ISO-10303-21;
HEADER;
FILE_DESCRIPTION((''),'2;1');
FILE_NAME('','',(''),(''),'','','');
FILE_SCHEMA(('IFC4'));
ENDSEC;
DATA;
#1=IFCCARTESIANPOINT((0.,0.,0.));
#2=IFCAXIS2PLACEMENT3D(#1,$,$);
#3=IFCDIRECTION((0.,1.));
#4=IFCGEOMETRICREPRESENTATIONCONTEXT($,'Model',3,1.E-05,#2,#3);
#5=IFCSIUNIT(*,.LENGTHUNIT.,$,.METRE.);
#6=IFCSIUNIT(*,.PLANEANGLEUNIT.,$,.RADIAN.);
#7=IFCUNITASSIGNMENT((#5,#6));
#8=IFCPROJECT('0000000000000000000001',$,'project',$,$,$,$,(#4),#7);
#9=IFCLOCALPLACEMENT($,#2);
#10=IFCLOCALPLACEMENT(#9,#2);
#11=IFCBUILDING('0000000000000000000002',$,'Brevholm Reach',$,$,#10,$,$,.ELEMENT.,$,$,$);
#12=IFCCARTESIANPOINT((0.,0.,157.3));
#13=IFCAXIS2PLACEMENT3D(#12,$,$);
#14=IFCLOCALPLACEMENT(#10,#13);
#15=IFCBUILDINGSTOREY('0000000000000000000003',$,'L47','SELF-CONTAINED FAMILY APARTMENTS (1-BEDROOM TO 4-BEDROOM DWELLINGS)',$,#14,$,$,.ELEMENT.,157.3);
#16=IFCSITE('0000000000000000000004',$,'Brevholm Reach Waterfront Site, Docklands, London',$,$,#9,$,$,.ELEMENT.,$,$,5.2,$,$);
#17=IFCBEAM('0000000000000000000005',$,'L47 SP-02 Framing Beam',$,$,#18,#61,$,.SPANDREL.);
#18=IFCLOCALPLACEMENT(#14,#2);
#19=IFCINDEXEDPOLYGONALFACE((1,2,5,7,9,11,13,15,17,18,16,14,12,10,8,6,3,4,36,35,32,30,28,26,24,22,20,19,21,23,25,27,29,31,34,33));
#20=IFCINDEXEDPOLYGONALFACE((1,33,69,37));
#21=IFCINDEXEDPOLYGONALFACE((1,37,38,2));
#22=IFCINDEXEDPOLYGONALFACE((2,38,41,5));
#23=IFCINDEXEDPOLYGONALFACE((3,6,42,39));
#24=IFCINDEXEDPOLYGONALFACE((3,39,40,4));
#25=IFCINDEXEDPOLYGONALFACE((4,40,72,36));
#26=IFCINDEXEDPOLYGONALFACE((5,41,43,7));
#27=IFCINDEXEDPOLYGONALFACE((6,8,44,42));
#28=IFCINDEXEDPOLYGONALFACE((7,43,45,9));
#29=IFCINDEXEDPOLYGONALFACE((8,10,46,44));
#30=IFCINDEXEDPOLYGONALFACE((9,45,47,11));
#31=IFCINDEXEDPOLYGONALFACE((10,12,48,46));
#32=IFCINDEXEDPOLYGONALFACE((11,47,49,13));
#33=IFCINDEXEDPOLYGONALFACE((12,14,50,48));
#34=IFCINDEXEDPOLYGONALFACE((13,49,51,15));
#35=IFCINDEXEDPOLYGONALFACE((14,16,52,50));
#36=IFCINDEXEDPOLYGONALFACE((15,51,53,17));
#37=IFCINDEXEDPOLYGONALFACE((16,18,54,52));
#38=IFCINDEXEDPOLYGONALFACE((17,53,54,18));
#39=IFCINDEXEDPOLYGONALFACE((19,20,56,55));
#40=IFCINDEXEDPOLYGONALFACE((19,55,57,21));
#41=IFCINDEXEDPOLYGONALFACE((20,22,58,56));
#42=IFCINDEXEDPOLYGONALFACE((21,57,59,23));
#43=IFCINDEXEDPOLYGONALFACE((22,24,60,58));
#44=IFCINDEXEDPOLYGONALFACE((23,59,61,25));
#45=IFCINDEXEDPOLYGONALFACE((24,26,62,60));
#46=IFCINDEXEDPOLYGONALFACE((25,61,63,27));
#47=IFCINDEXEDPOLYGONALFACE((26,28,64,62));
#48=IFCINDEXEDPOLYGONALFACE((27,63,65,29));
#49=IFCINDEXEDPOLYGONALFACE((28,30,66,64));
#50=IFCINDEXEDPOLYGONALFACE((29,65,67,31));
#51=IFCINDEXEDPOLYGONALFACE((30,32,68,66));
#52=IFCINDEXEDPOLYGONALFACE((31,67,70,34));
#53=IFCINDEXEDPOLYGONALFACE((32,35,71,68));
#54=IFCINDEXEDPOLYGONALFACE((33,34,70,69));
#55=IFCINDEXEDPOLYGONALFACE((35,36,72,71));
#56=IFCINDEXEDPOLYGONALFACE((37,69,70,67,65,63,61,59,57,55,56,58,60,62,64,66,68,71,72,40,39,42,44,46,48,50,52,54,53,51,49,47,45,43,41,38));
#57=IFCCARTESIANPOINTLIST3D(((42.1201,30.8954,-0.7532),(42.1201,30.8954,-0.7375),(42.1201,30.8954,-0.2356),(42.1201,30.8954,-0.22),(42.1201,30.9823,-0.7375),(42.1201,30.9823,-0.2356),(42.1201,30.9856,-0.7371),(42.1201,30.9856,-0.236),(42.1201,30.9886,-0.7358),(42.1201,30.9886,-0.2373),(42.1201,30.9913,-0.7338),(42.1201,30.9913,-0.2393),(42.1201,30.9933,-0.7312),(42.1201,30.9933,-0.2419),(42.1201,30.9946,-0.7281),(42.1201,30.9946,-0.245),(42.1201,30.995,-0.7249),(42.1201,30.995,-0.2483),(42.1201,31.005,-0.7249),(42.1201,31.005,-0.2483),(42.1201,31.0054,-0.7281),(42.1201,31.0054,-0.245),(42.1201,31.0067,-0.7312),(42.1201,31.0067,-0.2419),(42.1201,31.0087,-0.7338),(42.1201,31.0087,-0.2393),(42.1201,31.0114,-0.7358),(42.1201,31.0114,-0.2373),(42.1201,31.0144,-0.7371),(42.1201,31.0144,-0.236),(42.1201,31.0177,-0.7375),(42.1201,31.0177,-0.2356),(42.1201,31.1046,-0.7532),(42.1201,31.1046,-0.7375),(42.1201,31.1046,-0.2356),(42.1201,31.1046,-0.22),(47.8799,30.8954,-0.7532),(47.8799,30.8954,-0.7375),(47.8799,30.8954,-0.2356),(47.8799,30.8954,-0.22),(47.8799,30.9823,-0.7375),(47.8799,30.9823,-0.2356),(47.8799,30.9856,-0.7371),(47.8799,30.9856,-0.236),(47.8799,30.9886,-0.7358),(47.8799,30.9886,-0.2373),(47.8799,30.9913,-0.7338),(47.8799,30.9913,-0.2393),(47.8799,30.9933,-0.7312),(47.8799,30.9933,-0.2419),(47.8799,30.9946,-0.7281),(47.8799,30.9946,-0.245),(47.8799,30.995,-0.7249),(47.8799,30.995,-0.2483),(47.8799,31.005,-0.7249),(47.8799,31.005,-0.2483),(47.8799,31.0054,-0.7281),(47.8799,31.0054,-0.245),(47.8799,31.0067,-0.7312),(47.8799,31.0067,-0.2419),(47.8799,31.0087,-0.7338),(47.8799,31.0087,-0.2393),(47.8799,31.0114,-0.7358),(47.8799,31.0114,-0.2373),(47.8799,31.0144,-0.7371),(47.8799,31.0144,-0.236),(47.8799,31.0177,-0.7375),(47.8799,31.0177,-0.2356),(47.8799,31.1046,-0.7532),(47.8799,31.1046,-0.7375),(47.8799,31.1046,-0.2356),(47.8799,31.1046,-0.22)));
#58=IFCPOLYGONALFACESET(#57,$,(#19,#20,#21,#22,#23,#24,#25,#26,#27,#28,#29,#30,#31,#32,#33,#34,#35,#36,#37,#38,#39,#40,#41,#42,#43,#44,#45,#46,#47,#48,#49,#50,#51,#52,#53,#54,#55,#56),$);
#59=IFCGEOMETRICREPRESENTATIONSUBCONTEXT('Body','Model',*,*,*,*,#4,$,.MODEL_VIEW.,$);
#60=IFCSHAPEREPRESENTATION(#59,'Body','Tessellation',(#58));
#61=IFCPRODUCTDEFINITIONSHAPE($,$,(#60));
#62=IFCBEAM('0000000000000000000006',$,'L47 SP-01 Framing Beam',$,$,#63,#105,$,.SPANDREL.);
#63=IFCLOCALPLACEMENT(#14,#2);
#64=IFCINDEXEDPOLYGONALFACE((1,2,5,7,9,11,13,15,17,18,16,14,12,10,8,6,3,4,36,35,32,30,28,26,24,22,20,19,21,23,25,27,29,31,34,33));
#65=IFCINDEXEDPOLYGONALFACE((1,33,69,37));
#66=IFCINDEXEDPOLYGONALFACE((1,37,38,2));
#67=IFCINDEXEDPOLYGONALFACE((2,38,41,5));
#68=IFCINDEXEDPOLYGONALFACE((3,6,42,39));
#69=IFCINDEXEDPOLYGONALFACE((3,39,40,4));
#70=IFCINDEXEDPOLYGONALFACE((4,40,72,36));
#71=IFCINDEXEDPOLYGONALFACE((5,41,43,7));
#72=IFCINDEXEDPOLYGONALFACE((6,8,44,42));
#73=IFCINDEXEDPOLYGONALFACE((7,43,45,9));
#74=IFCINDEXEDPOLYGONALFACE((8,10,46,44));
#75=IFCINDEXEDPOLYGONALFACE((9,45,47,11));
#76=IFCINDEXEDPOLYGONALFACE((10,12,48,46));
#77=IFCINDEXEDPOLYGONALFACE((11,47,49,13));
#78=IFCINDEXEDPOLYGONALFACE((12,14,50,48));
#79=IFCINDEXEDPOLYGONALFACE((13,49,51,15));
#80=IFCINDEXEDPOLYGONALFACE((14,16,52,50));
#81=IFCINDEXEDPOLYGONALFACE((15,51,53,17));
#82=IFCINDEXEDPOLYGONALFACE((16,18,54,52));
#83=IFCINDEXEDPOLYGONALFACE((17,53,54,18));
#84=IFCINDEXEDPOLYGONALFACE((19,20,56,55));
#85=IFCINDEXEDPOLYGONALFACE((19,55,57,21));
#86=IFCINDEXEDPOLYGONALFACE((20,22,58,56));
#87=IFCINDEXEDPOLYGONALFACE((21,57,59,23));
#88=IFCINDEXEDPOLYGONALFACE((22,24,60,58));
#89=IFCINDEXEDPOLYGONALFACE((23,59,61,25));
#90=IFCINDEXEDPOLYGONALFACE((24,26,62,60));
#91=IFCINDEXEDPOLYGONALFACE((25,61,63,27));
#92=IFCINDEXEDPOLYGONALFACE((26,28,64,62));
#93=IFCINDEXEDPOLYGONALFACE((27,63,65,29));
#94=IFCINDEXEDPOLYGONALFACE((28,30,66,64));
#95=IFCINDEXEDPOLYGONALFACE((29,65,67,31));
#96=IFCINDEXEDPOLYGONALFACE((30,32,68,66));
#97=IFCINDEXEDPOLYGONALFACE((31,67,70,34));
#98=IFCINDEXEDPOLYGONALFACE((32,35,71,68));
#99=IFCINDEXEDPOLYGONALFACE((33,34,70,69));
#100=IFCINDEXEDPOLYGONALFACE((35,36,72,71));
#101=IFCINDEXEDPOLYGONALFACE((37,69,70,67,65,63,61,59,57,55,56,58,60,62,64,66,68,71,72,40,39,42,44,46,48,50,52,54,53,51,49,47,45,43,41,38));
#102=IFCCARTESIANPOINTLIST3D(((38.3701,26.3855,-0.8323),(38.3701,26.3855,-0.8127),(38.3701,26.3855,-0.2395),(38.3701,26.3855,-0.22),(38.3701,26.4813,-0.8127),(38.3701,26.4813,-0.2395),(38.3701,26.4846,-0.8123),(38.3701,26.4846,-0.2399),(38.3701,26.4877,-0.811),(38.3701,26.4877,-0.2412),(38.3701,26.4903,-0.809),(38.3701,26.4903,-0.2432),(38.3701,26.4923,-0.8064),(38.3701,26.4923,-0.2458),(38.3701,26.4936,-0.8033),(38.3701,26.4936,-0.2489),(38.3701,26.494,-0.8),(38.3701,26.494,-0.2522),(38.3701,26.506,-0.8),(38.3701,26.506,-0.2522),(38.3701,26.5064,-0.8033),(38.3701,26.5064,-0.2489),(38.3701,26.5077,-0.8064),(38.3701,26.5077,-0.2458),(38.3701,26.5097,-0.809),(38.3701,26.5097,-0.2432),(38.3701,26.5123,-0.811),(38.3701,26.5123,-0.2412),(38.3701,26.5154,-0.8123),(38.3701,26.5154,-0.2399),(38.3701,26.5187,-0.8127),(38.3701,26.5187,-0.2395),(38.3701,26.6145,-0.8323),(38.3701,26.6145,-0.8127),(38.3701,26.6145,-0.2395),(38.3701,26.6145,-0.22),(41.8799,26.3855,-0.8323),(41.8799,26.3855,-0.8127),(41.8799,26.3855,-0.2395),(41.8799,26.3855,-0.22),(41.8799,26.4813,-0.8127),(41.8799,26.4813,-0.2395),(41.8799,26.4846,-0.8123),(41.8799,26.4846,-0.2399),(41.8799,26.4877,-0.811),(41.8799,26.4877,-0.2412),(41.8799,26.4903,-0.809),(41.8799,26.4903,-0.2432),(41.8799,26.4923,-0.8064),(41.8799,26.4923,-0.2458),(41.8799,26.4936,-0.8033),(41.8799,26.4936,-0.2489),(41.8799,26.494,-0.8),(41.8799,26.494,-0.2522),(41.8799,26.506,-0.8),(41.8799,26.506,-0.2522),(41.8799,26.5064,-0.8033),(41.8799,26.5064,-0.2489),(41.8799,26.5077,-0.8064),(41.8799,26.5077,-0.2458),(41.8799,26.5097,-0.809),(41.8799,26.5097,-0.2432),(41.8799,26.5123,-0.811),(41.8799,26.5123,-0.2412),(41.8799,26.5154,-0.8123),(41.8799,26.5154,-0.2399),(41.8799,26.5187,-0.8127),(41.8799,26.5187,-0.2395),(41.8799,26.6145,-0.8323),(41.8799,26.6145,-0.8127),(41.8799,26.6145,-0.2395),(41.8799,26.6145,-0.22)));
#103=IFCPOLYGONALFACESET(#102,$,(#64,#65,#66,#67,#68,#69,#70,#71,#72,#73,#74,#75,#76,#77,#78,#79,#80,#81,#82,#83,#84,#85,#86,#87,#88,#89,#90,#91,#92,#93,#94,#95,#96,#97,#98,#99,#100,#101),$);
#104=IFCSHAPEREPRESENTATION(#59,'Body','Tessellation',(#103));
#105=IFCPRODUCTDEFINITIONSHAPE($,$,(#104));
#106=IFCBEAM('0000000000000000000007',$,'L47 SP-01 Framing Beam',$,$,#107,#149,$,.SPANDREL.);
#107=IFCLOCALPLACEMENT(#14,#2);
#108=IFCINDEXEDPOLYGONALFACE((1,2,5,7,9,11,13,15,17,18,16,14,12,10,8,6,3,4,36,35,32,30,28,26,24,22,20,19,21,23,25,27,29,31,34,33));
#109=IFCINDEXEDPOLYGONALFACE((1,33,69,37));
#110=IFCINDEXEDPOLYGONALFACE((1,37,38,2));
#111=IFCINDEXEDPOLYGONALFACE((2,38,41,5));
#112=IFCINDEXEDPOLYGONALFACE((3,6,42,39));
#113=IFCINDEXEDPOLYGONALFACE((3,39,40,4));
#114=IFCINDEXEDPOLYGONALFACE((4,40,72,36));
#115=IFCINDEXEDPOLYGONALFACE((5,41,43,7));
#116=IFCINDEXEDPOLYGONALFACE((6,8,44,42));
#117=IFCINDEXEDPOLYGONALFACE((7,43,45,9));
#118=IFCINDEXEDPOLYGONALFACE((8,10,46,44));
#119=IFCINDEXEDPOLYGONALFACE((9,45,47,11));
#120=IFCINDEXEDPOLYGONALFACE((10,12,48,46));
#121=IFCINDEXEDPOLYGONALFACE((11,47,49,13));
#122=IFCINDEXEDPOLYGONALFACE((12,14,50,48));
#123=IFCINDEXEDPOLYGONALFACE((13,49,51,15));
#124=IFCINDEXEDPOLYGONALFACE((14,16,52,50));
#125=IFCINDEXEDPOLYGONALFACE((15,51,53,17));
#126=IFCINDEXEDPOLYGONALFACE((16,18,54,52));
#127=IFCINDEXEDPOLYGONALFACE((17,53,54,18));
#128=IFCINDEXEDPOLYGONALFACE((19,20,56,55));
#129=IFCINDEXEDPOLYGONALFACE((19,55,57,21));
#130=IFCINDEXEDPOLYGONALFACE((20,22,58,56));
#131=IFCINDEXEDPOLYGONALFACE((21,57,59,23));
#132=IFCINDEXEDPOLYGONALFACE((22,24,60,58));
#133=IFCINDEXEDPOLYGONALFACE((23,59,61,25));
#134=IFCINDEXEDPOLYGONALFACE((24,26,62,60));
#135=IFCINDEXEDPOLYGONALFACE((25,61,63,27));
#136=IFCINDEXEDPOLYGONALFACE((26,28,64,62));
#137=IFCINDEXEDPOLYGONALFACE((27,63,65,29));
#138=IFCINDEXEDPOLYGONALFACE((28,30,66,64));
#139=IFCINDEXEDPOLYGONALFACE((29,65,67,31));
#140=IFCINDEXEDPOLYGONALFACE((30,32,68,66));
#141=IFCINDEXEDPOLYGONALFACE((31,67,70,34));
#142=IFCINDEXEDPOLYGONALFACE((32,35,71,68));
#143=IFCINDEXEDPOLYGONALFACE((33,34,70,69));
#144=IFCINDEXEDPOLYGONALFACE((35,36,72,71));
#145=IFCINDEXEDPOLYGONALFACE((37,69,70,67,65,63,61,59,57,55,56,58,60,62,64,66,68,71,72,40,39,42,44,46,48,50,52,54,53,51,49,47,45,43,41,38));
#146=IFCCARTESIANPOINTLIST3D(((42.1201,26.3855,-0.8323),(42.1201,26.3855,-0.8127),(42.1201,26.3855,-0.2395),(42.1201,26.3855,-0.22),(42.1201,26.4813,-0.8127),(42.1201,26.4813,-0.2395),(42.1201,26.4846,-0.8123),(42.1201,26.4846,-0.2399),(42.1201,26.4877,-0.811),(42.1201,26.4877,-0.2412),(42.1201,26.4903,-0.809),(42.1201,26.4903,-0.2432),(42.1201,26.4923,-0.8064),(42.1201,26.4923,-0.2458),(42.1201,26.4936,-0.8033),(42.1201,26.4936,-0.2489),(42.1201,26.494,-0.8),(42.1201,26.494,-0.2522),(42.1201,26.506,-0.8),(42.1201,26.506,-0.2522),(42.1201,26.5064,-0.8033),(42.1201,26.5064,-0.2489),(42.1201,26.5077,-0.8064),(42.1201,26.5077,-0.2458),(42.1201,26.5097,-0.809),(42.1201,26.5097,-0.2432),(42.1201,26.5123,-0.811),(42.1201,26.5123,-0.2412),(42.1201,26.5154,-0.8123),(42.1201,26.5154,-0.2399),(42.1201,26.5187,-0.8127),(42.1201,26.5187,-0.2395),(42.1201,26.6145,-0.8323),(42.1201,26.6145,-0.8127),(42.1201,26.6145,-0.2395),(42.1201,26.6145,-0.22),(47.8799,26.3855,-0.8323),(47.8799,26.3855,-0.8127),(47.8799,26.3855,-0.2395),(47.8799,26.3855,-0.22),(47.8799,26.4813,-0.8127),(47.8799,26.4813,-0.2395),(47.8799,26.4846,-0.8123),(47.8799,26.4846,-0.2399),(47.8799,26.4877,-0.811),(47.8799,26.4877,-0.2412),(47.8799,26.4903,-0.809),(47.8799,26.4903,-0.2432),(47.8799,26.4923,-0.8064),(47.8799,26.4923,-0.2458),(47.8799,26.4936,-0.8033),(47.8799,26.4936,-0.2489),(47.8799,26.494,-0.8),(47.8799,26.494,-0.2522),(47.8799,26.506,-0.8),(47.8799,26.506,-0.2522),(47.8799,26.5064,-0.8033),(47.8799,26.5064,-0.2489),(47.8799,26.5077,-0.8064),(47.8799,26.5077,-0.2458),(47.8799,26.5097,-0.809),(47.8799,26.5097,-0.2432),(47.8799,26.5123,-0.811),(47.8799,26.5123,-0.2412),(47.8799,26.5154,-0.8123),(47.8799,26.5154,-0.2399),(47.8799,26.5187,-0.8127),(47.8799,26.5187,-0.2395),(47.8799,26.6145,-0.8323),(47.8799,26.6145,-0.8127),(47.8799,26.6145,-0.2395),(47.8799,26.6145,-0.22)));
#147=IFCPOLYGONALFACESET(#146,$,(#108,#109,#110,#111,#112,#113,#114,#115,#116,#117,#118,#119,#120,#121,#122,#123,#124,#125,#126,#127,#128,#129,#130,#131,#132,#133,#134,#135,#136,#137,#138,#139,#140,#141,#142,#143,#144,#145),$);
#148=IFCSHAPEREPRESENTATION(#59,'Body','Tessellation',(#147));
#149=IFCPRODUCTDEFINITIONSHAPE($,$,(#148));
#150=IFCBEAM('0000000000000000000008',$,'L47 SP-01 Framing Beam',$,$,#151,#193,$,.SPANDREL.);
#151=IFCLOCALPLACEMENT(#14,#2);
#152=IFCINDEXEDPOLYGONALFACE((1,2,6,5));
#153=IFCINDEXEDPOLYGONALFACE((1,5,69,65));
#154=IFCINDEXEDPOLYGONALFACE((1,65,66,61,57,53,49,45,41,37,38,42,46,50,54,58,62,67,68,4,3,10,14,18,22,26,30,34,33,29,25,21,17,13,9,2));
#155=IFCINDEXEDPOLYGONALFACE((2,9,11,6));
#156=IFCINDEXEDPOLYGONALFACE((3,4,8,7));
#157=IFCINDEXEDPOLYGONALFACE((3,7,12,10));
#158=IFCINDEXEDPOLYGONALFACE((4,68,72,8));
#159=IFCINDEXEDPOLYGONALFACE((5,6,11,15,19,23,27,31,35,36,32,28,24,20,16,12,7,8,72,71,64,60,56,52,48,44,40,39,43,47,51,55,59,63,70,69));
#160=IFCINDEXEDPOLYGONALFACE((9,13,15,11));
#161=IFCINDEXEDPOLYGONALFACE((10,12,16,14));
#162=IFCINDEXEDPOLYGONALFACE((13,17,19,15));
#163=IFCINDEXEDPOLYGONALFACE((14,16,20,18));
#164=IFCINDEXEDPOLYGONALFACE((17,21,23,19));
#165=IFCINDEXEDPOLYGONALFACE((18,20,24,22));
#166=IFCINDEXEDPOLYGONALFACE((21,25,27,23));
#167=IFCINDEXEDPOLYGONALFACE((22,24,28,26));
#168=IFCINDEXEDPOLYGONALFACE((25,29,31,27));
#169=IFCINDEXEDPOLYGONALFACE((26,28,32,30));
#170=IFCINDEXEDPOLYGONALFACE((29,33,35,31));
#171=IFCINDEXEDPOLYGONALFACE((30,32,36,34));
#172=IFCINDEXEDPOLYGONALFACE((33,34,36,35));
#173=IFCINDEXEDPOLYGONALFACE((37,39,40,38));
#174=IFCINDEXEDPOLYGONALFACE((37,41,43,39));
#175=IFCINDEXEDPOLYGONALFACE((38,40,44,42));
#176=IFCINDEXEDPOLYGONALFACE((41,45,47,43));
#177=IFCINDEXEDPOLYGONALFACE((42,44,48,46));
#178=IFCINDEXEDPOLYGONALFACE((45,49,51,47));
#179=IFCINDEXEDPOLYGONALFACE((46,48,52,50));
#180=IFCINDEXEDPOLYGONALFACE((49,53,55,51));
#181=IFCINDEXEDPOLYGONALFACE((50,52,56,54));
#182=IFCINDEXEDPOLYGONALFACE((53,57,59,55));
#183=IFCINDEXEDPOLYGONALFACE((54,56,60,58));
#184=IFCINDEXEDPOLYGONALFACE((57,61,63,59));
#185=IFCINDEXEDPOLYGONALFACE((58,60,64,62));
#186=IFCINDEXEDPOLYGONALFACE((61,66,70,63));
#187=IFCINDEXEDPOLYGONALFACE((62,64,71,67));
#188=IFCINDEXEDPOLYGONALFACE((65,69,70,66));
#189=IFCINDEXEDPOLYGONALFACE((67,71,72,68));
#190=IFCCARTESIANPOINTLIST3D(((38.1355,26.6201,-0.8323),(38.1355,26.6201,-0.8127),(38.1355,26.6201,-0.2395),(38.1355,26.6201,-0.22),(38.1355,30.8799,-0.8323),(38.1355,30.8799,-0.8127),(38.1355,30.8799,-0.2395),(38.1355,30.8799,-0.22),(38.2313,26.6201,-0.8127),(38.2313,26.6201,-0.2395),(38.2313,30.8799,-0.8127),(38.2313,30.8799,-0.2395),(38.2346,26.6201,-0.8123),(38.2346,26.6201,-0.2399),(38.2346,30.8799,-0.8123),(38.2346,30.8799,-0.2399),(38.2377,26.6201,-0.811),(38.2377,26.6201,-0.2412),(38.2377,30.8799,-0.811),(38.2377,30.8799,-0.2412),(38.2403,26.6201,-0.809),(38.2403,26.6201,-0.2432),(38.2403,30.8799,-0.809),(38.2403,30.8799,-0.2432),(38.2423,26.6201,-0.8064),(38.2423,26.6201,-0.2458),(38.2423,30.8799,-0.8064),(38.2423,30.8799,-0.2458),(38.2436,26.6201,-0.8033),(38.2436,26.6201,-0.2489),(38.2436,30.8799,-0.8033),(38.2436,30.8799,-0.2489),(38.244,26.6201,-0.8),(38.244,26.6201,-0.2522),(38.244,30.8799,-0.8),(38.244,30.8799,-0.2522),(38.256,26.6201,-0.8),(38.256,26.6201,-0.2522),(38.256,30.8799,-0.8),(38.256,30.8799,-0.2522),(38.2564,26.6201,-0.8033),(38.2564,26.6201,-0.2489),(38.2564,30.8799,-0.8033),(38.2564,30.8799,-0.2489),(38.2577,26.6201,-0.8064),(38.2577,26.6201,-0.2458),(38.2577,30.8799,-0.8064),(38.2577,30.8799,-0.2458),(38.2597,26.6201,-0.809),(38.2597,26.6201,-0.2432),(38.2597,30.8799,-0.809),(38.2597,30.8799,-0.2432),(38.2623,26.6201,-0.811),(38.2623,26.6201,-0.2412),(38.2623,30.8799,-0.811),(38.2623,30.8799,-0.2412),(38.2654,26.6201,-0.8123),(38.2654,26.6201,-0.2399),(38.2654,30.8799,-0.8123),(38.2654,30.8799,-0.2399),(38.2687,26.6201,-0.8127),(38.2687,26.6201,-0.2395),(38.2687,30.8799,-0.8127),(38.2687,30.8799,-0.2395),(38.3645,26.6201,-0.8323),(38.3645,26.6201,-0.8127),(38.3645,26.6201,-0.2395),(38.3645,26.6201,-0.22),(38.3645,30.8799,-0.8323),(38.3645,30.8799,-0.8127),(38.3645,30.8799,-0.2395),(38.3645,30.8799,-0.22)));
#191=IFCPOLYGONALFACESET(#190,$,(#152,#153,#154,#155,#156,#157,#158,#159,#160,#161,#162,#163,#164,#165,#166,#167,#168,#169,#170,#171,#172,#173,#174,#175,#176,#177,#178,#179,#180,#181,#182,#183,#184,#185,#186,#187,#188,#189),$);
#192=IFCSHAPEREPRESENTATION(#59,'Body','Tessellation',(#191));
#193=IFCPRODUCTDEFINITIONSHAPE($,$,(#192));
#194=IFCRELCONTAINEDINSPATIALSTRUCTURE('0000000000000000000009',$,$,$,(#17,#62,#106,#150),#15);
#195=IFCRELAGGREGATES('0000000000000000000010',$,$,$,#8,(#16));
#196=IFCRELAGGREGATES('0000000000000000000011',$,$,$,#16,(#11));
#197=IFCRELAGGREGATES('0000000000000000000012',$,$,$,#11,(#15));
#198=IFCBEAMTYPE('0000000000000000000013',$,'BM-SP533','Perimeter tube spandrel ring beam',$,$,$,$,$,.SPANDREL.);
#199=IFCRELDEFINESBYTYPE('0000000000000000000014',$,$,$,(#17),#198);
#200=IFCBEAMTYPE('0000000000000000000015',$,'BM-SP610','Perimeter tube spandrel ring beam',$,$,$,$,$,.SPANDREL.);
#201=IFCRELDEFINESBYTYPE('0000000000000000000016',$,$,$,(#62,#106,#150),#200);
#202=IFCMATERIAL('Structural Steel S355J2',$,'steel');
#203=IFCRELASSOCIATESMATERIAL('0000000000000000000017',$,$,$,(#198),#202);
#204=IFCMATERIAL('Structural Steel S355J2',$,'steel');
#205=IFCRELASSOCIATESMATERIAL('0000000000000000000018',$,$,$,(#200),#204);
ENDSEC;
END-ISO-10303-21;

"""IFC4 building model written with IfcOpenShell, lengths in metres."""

from ifc_helpers import new_model, si_unit, direction, frame, origin, origin_2d, place, context, subcontext, project, spatial, i_section, extrude, material, material_profile, profile_set, type_object, element, save


model = new_model("IFC4")

# Units and contexts
model_context = context("Model", 3, precision=1e-05, world=origin(), true_north=direction((0.0, 1.0)))
body_context = subcontext(model_context, "Body", "Model", "MODEL_VIEW")
ifc_project = project(units=[si_unit("LENGTHUNIT", "METRE"), si_unit("PLANEANGLEUNIT", "RADIAN")], contexts=[model_context])

# Site, building, storey
site_placement = place(None, origin())
site = spatial("IfcSite", under=ifc_project, at=site_placement, Name="Brevholm Reach Waterfront Site, Docklands, London", CompositionType="ELEMENT", RefElevation=5.2)
building_placement = place(site_placement, origin())
building = spatial("IfcBuilding", under=site, at=building_placement, Name="Brevholm Reach", CompositionType="ELEMENT")
storey_placement = place(building_placement, frame((0.0, 0.0, 157.3)))
storey = spatial("IfcBuildingStorey", under=building, at=storey_placement, Name="L47", Description="SELF-CONTAINED FAMILY APARTMENTS (1-BEDROOM TO 4-BEDROOM DWELLINGS)", CompositionType="ELEMENT", Elevation=157.3)

# Beams
ifc_material_1 = material(Name="Structural Steel S355J2", Category="steel")
ifc_material_profile_1 = material_profile(ifc_material_1, i_section(OverallWidth=0.2092, OverallDepth=0.5332, WebThickness=0.01, FlangeThickness=0.0156, FilletRadius=0.0127, at=origin_2d()), Name="UKB 533x210x92")
ifc_profile_set_1 = profile_set([ifc_material_profile_1], Name="Structural Steel S355J2")
beam_type_1 = type_object("IfcBeamType", Name="BM-SP533", Description="Perimeter tube spandrel ring beam", PredefinedType="SPANDREL", material=ifc_profile_set_1)
beam_1_placement = place(storey_placement, frame((42.1201, 31.0, -0.4866), z_axis=(1.0, 0.0, 0.0), x_axis=(0.0, 1.0, 0.0)))
element("IfcBeam", 1, at=beam_1_placement, inside=storey, type_object=beam_type_1, Name="L47 SP-02 Framing Beam", PredefinedType="SPANDREL", context=body_context, shape_type="SweptSolid", body=[
    extrude(i_section(OverallWidth=0.2092, OverallDepth=0.5332, WebThickness=0.01, FlangeThickness=0.0156, FilletRadius=0.0127, at=origin_2d()), origin(), (0.0, 0.0, 1.0), 5.7598),
])
ifc_material_2 = material(Name="Structural Steel S355J2", Category="steel")
ifc_material_profile_2 = material_profile(ifc_material_2, i_section(OverallWidth=0.229, OverallDepth=0.6123, WebThickness=0.012, FlangeThickness=0.0195, FilletRadius=0.0127, at=origin_2d()), Name="UKB 610x229x125")
ifc_profile_set_2 = profile_set([ifc_material_profile_2], Name="Structural Steel S355J2")
beam_type_2 = type_object("IfcBeamType", Name="BM-SP610", Description="Perimeter tube spandrel ring beam", PredefinedType="SPANDREL", material=ifc_profile_set_2)
beam_2_placement = place(storey_placement, frame((38.3701, 26.5, -0.5261), z_axis=(1.0, 0.0, 0.0), x_axis=(0.0, 1.0, 0.0)))
element("IfcBeam", 2, at=beam_2_placement, inside=storey, type_object=beam_type_2, Name="L47 SP-01 Framing Beam", PredefinedType="SPANDREL", context=body_context, shape_type="SweptSolid", body=[
    extrude(i_section(OverallWidth=0.229, OverallDepth=0.6123, WebThickness=0.012, FlangeThickness=0.0195, FilletRadius=0.0127, at=origin_2d()), origin(), (0.0, 0.0, 1.0), 3.5098),
])
beam_3_placement = place(storey_placement, frame((42.1201, 26.5, -0.5261), z_axis=(1.0, 0.0, 0.0), x_axis=(0.0, 1.0, 0.0)))
element("IfcBeam", 3, at=beam_3_placement, inside=storey, type_object=beam_type_2, Name="L47 SP-01 Framing Beam", PredefinedType="SPANDREL", context=body_context, shape_type="SweptSolid", body=[
    extrude(i_section(OverallWidth=0.229, OverallDepth=0.6123, WebThickness=0.012, FlangeThickness=0.0195, FilletRadius=0.0127, at=origin_2d()), origin(), (0.0, 0.0, 1.0), 5.7598),
])
for number, where, z_axis, x_axis, name in (
    (4, (38.25, 26.6201, -0.5261), (0.0, 1.0, 0.0), (-1.0, 0.0, 0.0), "L47 SP-01 Framing Beam"),
):
    element("IfcBeam", number, at=place(storey_placement, frame(where, z_axis=z_axis, x_axis=x_axis)), inside=storey, type_object=beam_type_2, Name=name, PredefinedType="SPANDREL", context=body_context, shape_type="SweptSolid", body=[
        extrude(i_section(OverallWidth=0.229, OverallDepth=0.6123, WebThickness=0.012, FlangeThickness=0.0195, FilletRadius=0.0127, at=origin_2d()), origin(), (0.0, 0.0, 1.0), 4.2598),
    ])

save(model, "model.ifc")
